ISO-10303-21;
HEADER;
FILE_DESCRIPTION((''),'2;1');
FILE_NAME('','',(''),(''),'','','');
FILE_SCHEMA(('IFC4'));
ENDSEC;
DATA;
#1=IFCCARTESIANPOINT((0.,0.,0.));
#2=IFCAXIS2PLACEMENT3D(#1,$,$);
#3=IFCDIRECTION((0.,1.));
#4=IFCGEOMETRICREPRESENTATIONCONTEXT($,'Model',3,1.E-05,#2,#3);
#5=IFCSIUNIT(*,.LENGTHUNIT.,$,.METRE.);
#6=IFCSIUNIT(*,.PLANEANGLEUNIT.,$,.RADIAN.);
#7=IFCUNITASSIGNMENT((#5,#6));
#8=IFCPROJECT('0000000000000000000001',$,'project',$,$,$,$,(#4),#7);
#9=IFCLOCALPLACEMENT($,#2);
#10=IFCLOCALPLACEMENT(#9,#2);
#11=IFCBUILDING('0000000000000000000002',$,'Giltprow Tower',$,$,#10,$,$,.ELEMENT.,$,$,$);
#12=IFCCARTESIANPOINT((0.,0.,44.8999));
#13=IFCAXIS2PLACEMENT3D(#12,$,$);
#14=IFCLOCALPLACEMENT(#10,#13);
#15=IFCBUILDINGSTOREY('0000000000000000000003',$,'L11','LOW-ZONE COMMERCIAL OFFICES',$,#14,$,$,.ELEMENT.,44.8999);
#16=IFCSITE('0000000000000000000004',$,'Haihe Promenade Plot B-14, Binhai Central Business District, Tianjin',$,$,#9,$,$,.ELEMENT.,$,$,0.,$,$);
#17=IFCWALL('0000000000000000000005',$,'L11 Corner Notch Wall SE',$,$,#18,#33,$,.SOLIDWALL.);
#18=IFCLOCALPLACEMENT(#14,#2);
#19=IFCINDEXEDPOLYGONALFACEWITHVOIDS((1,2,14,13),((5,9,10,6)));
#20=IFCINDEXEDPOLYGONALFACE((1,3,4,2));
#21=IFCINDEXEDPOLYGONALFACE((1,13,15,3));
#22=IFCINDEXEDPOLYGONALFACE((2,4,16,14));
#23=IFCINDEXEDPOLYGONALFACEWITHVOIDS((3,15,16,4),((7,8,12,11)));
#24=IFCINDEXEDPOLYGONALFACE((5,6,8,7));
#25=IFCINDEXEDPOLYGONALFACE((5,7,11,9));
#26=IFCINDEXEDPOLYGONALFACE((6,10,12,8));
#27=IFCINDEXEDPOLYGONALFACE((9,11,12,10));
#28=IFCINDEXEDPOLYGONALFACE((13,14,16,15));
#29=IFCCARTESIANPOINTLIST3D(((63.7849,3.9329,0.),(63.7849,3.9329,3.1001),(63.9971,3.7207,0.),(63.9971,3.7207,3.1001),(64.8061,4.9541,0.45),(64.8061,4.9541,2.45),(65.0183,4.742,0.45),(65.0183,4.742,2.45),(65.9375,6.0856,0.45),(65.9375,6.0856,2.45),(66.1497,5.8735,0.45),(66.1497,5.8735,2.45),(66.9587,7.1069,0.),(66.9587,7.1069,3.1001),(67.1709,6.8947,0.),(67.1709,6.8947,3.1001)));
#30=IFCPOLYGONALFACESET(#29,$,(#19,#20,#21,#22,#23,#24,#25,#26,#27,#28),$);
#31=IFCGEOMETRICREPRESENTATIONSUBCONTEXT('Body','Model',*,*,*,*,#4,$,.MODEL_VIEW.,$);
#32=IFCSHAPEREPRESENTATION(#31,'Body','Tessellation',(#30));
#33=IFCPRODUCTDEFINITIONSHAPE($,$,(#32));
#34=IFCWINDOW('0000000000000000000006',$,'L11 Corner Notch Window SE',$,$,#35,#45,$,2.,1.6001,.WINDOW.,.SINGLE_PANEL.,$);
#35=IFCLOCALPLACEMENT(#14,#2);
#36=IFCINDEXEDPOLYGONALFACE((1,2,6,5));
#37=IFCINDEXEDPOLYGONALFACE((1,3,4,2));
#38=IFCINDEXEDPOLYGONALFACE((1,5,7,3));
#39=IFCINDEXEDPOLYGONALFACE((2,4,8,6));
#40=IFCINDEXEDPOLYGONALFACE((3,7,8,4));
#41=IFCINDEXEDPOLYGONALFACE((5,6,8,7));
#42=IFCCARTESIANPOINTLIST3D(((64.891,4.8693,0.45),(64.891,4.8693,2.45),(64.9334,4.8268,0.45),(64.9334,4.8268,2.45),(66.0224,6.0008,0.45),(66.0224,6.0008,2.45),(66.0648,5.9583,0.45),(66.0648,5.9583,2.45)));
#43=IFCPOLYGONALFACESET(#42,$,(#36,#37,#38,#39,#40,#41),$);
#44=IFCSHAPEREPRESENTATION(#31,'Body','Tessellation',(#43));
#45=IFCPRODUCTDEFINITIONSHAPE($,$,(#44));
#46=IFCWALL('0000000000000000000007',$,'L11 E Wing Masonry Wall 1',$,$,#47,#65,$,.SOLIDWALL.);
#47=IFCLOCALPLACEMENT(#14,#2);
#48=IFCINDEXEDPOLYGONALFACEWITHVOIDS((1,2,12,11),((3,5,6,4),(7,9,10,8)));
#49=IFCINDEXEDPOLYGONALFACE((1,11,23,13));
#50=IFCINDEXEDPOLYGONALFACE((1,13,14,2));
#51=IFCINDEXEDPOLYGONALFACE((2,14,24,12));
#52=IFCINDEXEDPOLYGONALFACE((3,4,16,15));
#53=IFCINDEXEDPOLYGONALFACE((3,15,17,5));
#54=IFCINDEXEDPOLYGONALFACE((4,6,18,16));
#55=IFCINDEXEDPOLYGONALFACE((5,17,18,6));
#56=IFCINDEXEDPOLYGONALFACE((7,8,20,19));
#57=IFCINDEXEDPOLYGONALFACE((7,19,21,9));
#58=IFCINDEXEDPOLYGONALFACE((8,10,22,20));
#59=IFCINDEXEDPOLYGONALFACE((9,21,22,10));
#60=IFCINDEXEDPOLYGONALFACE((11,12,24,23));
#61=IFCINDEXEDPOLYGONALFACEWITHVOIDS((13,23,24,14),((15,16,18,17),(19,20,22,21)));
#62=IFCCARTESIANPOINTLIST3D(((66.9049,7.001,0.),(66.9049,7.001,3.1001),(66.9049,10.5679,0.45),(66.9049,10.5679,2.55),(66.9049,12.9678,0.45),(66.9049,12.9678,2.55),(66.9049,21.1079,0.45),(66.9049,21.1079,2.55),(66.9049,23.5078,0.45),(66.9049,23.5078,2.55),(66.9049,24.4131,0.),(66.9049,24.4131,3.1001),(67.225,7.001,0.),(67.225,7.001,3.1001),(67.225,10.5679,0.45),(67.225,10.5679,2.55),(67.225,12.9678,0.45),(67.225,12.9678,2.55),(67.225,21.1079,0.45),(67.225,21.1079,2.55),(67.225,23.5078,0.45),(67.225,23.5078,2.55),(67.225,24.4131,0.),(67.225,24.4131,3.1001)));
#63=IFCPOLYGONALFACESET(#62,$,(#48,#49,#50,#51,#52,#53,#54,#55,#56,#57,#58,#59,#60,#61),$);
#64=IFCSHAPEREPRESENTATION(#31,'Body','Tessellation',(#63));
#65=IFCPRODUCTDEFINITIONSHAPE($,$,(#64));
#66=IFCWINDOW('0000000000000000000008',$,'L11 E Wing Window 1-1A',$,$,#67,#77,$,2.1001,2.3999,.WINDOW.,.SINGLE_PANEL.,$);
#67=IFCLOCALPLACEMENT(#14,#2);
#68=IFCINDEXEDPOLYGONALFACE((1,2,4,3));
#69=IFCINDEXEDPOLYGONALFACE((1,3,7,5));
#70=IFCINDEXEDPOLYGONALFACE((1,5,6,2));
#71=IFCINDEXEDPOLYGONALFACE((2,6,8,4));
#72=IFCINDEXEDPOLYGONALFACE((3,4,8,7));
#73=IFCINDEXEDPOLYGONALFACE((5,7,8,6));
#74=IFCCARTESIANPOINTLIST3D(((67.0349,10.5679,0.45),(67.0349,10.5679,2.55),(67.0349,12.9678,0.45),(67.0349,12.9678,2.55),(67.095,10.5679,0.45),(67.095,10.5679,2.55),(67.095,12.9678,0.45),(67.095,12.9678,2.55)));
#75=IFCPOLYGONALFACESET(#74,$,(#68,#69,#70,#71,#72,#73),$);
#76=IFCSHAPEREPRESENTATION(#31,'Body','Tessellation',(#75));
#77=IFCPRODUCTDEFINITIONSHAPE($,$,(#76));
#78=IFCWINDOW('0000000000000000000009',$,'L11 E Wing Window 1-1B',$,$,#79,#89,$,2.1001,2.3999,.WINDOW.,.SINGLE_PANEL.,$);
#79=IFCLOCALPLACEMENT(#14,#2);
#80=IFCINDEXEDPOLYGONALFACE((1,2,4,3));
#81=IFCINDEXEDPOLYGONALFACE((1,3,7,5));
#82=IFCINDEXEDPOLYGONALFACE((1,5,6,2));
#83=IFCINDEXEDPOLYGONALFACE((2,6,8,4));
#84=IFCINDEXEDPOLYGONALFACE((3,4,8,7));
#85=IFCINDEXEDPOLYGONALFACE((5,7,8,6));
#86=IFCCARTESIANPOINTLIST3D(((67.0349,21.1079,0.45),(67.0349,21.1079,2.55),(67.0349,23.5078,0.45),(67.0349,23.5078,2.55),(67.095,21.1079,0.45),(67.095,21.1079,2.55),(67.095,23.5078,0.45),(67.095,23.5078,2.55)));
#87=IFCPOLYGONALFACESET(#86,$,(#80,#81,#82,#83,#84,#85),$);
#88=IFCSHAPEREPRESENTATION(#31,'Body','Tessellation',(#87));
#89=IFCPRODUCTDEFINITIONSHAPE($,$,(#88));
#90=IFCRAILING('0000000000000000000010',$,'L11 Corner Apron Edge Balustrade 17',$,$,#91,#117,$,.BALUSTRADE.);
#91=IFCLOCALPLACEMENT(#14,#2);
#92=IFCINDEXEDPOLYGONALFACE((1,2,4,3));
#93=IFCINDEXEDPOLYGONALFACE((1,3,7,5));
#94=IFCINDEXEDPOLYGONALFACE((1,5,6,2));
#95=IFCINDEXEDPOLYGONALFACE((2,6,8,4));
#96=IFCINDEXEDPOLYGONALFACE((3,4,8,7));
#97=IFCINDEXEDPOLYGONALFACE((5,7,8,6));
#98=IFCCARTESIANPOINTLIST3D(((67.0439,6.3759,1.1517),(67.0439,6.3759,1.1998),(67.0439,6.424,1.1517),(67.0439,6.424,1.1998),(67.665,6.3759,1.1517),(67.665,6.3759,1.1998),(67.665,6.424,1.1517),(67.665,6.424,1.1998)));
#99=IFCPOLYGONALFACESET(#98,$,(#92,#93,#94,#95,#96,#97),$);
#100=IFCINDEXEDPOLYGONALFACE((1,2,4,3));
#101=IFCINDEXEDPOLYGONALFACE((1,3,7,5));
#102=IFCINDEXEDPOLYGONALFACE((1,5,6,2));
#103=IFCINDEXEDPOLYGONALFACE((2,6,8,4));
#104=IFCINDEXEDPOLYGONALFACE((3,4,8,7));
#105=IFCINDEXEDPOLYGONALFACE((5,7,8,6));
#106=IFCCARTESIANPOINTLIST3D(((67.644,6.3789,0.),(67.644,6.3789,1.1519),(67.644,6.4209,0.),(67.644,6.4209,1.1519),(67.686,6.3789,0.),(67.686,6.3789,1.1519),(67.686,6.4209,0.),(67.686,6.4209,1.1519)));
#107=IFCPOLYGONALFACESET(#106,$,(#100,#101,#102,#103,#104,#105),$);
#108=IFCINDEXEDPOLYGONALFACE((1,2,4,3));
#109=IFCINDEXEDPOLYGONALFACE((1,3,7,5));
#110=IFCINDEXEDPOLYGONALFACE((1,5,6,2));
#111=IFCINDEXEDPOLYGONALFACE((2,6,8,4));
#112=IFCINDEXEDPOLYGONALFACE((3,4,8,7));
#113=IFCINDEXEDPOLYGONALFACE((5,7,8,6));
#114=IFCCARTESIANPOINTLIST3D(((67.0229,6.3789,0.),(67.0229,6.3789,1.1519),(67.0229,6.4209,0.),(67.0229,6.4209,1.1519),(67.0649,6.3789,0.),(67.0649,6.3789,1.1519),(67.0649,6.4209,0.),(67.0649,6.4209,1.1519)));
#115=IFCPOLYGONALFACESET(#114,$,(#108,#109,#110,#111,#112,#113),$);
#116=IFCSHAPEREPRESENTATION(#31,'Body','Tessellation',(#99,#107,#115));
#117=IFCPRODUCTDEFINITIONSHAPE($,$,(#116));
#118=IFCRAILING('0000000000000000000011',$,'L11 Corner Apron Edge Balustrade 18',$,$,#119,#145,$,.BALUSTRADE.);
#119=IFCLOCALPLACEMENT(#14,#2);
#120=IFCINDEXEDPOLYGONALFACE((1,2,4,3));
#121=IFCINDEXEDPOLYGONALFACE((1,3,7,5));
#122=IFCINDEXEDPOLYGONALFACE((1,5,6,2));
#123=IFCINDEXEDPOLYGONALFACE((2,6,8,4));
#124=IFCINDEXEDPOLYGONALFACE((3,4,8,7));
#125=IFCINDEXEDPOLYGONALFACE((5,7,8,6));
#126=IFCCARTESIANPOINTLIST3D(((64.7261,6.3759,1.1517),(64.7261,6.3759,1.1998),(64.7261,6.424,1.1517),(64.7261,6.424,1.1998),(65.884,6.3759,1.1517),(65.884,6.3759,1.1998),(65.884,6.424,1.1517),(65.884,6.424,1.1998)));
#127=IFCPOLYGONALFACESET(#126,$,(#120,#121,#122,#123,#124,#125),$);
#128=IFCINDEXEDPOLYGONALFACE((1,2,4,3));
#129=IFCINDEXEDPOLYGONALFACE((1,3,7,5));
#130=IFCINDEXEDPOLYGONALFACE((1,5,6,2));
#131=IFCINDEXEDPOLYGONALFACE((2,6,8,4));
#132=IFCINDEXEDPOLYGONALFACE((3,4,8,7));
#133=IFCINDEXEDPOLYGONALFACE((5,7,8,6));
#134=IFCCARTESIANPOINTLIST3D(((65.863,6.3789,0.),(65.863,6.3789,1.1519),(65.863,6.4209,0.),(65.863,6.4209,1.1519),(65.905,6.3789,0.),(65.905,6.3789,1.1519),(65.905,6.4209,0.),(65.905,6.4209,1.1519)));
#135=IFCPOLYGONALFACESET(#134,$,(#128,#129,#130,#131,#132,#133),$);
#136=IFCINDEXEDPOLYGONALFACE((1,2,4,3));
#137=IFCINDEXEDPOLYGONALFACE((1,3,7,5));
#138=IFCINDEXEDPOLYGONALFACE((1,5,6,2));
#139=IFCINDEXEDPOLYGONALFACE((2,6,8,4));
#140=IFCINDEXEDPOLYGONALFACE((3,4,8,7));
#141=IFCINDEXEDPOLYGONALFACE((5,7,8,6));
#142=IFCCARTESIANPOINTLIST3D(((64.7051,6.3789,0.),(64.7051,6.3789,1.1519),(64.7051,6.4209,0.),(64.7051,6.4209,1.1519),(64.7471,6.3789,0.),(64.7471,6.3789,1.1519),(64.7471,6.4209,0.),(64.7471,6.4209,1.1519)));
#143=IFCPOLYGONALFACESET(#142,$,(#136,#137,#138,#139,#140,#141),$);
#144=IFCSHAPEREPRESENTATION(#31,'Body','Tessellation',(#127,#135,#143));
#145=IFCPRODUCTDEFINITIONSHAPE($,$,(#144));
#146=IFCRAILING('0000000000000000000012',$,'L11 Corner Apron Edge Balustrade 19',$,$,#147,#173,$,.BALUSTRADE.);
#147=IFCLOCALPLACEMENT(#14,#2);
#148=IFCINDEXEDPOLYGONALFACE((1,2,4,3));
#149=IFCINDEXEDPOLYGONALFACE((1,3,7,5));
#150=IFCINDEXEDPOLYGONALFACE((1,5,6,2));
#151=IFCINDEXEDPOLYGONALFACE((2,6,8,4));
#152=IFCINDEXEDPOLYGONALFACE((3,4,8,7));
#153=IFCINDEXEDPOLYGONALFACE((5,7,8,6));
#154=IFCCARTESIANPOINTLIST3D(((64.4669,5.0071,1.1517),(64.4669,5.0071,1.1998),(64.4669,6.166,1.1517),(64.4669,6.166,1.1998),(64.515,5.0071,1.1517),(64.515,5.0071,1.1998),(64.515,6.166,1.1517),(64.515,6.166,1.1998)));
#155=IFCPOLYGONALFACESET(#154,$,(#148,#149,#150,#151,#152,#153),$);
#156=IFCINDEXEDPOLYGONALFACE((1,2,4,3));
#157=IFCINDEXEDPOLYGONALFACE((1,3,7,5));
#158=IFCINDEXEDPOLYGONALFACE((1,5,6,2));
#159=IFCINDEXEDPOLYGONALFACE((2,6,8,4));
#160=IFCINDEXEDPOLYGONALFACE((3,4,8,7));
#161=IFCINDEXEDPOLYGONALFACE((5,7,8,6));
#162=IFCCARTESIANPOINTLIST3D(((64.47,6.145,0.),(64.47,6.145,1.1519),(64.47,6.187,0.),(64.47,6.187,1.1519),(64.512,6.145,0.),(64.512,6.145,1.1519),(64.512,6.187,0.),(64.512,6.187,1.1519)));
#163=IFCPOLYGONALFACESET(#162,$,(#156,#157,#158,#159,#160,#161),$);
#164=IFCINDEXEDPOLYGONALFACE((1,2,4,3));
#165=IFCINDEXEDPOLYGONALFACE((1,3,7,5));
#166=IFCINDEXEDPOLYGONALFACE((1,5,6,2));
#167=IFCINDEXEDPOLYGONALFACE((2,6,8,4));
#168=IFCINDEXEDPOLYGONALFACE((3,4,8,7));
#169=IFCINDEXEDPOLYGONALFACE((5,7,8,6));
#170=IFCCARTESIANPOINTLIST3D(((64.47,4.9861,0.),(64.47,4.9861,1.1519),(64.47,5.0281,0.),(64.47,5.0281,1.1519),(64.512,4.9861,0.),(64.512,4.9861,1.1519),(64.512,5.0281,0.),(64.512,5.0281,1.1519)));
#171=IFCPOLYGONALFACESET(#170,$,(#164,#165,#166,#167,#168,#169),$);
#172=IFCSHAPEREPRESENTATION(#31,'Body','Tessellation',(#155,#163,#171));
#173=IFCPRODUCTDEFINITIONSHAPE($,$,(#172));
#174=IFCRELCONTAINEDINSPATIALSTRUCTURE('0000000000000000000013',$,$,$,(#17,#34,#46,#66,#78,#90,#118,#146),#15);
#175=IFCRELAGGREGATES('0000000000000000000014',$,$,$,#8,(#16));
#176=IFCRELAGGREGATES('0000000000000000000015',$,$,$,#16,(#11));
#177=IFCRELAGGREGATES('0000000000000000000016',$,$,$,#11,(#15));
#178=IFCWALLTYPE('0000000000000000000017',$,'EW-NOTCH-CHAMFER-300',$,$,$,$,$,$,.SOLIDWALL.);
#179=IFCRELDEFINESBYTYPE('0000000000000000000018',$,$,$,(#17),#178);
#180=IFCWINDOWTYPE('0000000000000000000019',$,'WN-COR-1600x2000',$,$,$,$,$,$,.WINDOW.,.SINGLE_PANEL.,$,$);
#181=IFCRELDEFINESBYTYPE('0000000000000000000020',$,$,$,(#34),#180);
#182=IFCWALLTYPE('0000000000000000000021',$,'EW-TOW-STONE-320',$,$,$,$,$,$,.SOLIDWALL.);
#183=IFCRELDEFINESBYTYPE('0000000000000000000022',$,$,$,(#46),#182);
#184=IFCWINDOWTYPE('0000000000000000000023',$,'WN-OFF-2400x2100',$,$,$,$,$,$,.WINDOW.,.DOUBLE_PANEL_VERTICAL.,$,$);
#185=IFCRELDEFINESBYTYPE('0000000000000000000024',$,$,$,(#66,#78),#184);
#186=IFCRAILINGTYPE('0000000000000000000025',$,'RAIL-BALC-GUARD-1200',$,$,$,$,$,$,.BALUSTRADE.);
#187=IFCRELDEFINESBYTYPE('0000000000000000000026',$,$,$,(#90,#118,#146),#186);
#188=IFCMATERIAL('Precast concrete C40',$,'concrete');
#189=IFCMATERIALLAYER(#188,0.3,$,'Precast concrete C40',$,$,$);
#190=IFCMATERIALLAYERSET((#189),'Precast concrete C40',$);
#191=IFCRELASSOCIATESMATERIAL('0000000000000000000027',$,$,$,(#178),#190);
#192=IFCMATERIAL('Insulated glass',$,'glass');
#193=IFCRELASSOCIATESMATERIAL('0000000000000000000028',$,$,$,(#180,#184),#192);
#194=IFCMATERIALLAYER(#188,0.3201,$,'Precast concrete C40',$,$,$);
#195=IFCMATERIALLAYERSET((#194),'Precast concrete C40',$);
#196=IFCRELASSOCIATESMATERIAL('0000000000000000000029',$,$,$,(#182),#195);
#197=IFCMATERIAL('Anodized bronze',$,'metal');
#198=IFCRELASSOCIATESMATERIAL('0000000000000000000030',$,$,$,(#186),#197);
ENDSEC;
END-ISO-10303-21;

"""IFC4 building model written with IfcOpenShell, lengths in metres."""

from ifc_helpers import new_model, si_unit, direction, frame, frame_2d, origin, origin_2d, place, context, subcontext, project, spatial, rectangle, extrude, source, transform, mapped, material, layer, layer_set, type_object, element, fill, save


model = new_model("IFC4")

# Units and contexts
model_context = context("Model", 3, precision=1e-05, world=origin(), true_north=direction((0.0, 1.0)))
body_context = subcontext(model_context, "Body", "Model", "MODEL_VIEW")
ifc_project = project(units=[si_unit("LENGTHUNIT", "METRE"), si_unit("PLANEANGLEUNIT", "RADIAN")], contexts=[model_context])

# Site, building, storey
site_placement = place(None, origin())
site = spatial("IfcSite", under=ifc_project, at=site_placement, Name="Haihe Promenade Plot B-14, Binhai Central Business District, Tianjin", CompositionType="ELEMENT", RefElevation=0.0)
building_placement = place(site_placement, origin())
building = spatial("IfcBuilding", under=site, at=building_placement, Name="Giltprow Tower", CompositionType="ELEMENT")
storey_placement = place(building_placement, frame((0.0, 0.0, 44.8999)))
storey = spatial("IfcBuildingStorey", under=building, at=storey_placement, Name="L11", Description="LOW-ZONE COMMERCIAL OFFICES", CompositionType="ELEMENT", Elevation=44.8999)

# Shared definitions
ifc_material_1 = material(Name="Anodized bronze", Category="metal")

# Shared definitions
ifc_material_2 = material(Name="Insulated glass", Category="glass")

# Wall, opening, window
ifc_material_3 = material(Name="Precast concrete C40", Category="concrete")
ifc_layer_1 = layer(ifc_material_3, 0.3, Name="Precast concrete C40")
ifc_layer_set_1 = layer_set([ifc_layer_1], Name="Precast concrete C40")
wall_type_1 = type_object("IfcWallType", Name="EW-NOTCH-CHAMFER-300", PredefinedType="SOLIDWALL", material=ifc_layer_set_1)
wall_1_placement = place(storey_placement, frame((63.8911, 3.8269, 0.0), z_axis=(0.0, 0.0, 1.0), x_axis=(0.70708, 0.707134, 0.0)))
wall_1 = element("IfcWall", 1, at=wall_1_placement, inside=storey, type_object=wall_type_1, Name="L11 Corner Notch Wall SE", PredefinedType="SOLIDWALL", context=body_context, shape_type="SweptSolid", body=[
    extrude(rectangle(XDim=4.4885, YDim=0.3, at=frame_2d((2.2441, 0.0))), origin(), (0.0, 0.0, 1.0), 3.1001),
])
opening_1_placement = place(wall_1_placement, frame((1.4441, 0.0, 0.45)))
opening_1 = element("IfcOpeningElement", 2, at=opening_1_placement, cuts=wall_1, PredefinedType="OPENING", context=body_context, shape_type="SweptSolid", body=[
    extrude(rectangle(XDim=1.6001, YDim=2.0, at=frame_2d((0.8, 1.0))), frame((0.0, 0.1599, 0.0), z_axis=(0.0, -1.0, 0.0), x_axis=(1.0, 0.0, 0.0)), (0.0, 0.0, 1.0), 0.3201),
])
window_type_1 = type_object("IfcWindowType", Name="WN-COR-1600x2000", PartitioningType="SINGLE_PANEL", PredefinedType="WINDOW", material=ifc_material_2)
shared_shape_1 = source(origin(), body_context, "Body", "SweptSolid", [
    extrude(rectangle(XDim=1.6001, YDim=2.0, at=frame_2d((0.8, 1.0))), frame((0.0, 0.03, 0.0), z_axis=(0.0, -1.0, 0.0), x_axis=(1.0, 0.0, 0.0)), (0.0, 0.0, 1.0), 0.0601),
])
window_1_placement = place(opening_1_placement, origin())
window_1 = element("IfcWindow", 3, at=window_1_placement, inside=storey, type_object=window_type_1, Name="L11 Corner Notch Window SE", OverallHeight=2.0, OverallWidth=1.6001, PartitioningType="SINGLE_PANEL", PredefinedType="WINDOW", context=body_context, shape_type="MappedRepresentation", body=[
    mapped(shared_shape_1, transform((0.0, 0.0, 0.0), x_axis=(1.0, 0.0, 0.0), y_axis=(0.0, 1.0, 0.0), z_axis=(0.0, 0.0, 1.0), scale=1.0)),
])
fill(opening_1, window_1)

# Wall, openings, windows
ifc_layer_2 = layer(ifc_material_3, 0.3201, Name="Precast concrete C40")
ifc_layer_set_2 = layer_set([ifc_layer_2], Name="Precast concrete C40")
wall_type_2 = type_object("IfcWallType", Name="EW-TOW-STONE-320", PredefinedType="SOLIDWALL", material=ifc_layer_set_2)
wall_2_placement = place(storey_placement, frame((67.0649, 7.001, 0.0), z_axis=(0.0, 0.0, 1.0), x_axis=(0.0, 1.0, 0.0)))
wall_2 = element("IfcWall", 4, at=wall_2_placement, inside=storey, type_object=wall_type_2, Name="L11 E Wing Masonry Wall 1", PredefinedType="SOLIDWALL", context=body_context, shape_type="SweptSolid", body=[
    extrude(rectangle(XDim=17.4121, YDim=0.3201, at=frame_2d((8.7061, 0.0))), origin(), (0.0, 0.0, 1.0), 3.1001),
])
opening_2_placement = place(wall_2_placement, frame((3.5669, 0.0, 0.45)))
opening_2 = element("IfcOpeningElement", 5, at=opening_2_placement, cuts=wall_2, PredefinedType="OPENING", context=body_context, shape_type="SweptSolid", body=[
    extrude(rectangle(XDim=2.3999, YDim=2.1001, at=frame_2d((1.2, 1.05))), frame((0.0, 0.1699, 0.0), z_axis=(0.0, -1.0, 0.0), x_axis=(1.0, 0.0, 0.0)), (0.0, 0.0, 1.0), 0.3401),
])
opening_3_placement = place(wall_2_placement, frame((14.1069, 0.0, 0.45)))
opening_3 = element("IfcOpeningElement", 6, at=opening_3_placement, cuts=wall_2, PredefinedType="OPENING", context=body_context, shape_type="SweptSolid", body=[
    extrude(rectangle(XDim=2.3999, YDim=2.1001, at=frame_2d((1.2, 1.05))), frame((0.0, 0.1699, 0.0), z_axis=(0.0, -1.0, 0.0), x_axis=(1.0, 0.0, 0.0)), (0.0, 0.0, 1.0), 0.3401),
])
window_type_2 = type_object("IfcWindowType", Name="WN-OFF-2400x2100", PartitioningType="DOUBLE_PANEL_VERTICAL", PredefinedType="WINDOW", material=ifc_material_2)
shared_shape_2 = source(origin(), body_context, "Body", "SweptSolid", [
    extrude(rectangle(XDim=2.3999, YDim=2.1001, at=frame_2d((1.2, 1.05))), frame((0.0, 0.03, 0.0), z_axis=(0.0, -1.0, 0.0), x_axis=(1.0, 0.0, 0.0)), (0.0, 0.0, 1.0), 0.0601),
])
window_2_placement = place(opening_2_placement, origin())
window_2 = element("IfcWindow", 7, at=window_2_placement, inside=storey, type_object=window_type_2, Name="L11 E Wing Window 1-1A", OverallHeight=2.1001, OverallWidth=2.3999, PartitioningType="SINGLE_PANEL", PredefinedType="WINDOW", context=body_context, shape_type="MappedRepresentation", body=[
    mapped(shared_shape_2, transform((0.0, 0.0, 0.0), x_axis=(1.0, 0.0, 0.0), y_axis=(0.0, 1.0, 0.0), z_axis=(0.0, 0.0, 1.0), scale=1.0)),
])
fill(opening_2, window_2)
window_3_placement = place(opening_3_placement, origin())
window_3 = element("IfcWindow", 8, at=window_3_placement, inside=storey, type_object=window_type_2, Name="L11 E Wing Window 1-1B", OverallHeight=2.1001, OverallWidth=2.3999, PartitioningType="SINGLE_PANEL", PredefinedType="WINDOW", context=body_context, shape_type="MappedRepresentation", body=[
    mapped(shared_shape_2, transform((0.0, 0.0, 0.0), x_axis=(1.0, 0.0, 0.0), y_axis=(0.0, 1.0, 0.0), z_axis=(0.0, 0.0, 1.0), scale=1.0)),
])
fill(opening_3, window_3)

# Railings
railing_type = type_object("IfcRailingType", Name="RAIL-BALC-GUARD-1200", PredefinedType="BALUSTRADE", material=ifc_material_1)
railing_1_placement = place(storey_placement, frame((67.665, 6.3999, 0.0)))
element("IfcRailing", 9, at=railing_1_placement, inside=storey, type_object=railing_type, Name="L11 Corner Apron Edge Balustrade 17", PredefinedType="BALUSTRADE", context=body_context, shape_type="SweptSolid", body=[
    extrude(rectangle(XDim=0.0481, YDim=0.0481, at=origin_2d()), frame((0.0, 0.0, 1.1758), z_axis=(-1.0, 0.0, 0.0), x_axis=(0.0, -1.0, 0.0)), (0.0, 0.0, 1.0), 0.6211),
    extrude(rectangle(XDim=0.042, YDim=0.042, at=origin_2d()), origin(), (0.0, 0.0, 1.0), 1.1519),
    extrude(rectangle(XDim=0.042, YDim=0.042, at=origin_2d()), frame((-0.6211, 0.0, 0.0)), (0.0, 0.0, 1.0), 1.1519),
])
railing_2_placement = place(storey_placement, frame((65.884, 6.3999, 0.0)))
element("IfcRailing", 10, at=railing_2_placement, inside=storey, type_object=railing_type, Name="L11 Corner Apron Edge Balustrade 18", PredefinedType="BALUSTRADE", context=body_context, shape_type="SweptSolid", body=[
    extrude(rectangle(XDim=0.0481, YDim=0.0481, at=origin_2d()), frame((0.0, 0.0, 1.1758), z_axis=(-1.0, 0.0, 0.0), x_axis=(0.0, -1.0, 0.0)), (0.0, 0.0, 1.0), 1.158),
    extrude(rectangle(XDim=0.042, YDim=0.042, at=origin_2d()), origin(), (0.0, 0.0, 1.0), 1.1519),
    extrude(rectangle(XDim=0.042, YDim=0.042, at=origin_2d()), frame((-1.158, 0.0, 0.0)), (0.0, 0.0, 1.0), 1.1519),
])
railing_3_placement = place(storey_placement, frame((64.491, 6.166, 0.0)))
element("IfcRailing", 11, at=railing_3_placement, inside=storey, type_object=railing_type, Name="L11 Corner Apron Edge Balustrade 19", PredefinedType="BALUSTRADE", context=body_context, shape_type="SweptSolid", body=[
    extrude(rectangle(XDim=0.0481, YDim=0.0481, at=origin_2d()), frame((0.0, 0.0, 1.1758), z_axis=(0.0, -1.0, 0.0), x_axis=(1.0, 0.0, 0.0)), (0.0, 0.0, 1.0), 1.1589),
    extrude(rectangle(XDim=0.042, YDim=0.042, at=origin_2d()), origin(), (0.0, 0.0, 1.0), 1.1519),
    extrude(rectangle(XDim=0.042, YDim=0.042, at=origin_2d()), frame((0.0, -1.1589, 0.0)), (0.0, 0.0, 1.0), 1.1519),
])

save(model, "model.ifc")
